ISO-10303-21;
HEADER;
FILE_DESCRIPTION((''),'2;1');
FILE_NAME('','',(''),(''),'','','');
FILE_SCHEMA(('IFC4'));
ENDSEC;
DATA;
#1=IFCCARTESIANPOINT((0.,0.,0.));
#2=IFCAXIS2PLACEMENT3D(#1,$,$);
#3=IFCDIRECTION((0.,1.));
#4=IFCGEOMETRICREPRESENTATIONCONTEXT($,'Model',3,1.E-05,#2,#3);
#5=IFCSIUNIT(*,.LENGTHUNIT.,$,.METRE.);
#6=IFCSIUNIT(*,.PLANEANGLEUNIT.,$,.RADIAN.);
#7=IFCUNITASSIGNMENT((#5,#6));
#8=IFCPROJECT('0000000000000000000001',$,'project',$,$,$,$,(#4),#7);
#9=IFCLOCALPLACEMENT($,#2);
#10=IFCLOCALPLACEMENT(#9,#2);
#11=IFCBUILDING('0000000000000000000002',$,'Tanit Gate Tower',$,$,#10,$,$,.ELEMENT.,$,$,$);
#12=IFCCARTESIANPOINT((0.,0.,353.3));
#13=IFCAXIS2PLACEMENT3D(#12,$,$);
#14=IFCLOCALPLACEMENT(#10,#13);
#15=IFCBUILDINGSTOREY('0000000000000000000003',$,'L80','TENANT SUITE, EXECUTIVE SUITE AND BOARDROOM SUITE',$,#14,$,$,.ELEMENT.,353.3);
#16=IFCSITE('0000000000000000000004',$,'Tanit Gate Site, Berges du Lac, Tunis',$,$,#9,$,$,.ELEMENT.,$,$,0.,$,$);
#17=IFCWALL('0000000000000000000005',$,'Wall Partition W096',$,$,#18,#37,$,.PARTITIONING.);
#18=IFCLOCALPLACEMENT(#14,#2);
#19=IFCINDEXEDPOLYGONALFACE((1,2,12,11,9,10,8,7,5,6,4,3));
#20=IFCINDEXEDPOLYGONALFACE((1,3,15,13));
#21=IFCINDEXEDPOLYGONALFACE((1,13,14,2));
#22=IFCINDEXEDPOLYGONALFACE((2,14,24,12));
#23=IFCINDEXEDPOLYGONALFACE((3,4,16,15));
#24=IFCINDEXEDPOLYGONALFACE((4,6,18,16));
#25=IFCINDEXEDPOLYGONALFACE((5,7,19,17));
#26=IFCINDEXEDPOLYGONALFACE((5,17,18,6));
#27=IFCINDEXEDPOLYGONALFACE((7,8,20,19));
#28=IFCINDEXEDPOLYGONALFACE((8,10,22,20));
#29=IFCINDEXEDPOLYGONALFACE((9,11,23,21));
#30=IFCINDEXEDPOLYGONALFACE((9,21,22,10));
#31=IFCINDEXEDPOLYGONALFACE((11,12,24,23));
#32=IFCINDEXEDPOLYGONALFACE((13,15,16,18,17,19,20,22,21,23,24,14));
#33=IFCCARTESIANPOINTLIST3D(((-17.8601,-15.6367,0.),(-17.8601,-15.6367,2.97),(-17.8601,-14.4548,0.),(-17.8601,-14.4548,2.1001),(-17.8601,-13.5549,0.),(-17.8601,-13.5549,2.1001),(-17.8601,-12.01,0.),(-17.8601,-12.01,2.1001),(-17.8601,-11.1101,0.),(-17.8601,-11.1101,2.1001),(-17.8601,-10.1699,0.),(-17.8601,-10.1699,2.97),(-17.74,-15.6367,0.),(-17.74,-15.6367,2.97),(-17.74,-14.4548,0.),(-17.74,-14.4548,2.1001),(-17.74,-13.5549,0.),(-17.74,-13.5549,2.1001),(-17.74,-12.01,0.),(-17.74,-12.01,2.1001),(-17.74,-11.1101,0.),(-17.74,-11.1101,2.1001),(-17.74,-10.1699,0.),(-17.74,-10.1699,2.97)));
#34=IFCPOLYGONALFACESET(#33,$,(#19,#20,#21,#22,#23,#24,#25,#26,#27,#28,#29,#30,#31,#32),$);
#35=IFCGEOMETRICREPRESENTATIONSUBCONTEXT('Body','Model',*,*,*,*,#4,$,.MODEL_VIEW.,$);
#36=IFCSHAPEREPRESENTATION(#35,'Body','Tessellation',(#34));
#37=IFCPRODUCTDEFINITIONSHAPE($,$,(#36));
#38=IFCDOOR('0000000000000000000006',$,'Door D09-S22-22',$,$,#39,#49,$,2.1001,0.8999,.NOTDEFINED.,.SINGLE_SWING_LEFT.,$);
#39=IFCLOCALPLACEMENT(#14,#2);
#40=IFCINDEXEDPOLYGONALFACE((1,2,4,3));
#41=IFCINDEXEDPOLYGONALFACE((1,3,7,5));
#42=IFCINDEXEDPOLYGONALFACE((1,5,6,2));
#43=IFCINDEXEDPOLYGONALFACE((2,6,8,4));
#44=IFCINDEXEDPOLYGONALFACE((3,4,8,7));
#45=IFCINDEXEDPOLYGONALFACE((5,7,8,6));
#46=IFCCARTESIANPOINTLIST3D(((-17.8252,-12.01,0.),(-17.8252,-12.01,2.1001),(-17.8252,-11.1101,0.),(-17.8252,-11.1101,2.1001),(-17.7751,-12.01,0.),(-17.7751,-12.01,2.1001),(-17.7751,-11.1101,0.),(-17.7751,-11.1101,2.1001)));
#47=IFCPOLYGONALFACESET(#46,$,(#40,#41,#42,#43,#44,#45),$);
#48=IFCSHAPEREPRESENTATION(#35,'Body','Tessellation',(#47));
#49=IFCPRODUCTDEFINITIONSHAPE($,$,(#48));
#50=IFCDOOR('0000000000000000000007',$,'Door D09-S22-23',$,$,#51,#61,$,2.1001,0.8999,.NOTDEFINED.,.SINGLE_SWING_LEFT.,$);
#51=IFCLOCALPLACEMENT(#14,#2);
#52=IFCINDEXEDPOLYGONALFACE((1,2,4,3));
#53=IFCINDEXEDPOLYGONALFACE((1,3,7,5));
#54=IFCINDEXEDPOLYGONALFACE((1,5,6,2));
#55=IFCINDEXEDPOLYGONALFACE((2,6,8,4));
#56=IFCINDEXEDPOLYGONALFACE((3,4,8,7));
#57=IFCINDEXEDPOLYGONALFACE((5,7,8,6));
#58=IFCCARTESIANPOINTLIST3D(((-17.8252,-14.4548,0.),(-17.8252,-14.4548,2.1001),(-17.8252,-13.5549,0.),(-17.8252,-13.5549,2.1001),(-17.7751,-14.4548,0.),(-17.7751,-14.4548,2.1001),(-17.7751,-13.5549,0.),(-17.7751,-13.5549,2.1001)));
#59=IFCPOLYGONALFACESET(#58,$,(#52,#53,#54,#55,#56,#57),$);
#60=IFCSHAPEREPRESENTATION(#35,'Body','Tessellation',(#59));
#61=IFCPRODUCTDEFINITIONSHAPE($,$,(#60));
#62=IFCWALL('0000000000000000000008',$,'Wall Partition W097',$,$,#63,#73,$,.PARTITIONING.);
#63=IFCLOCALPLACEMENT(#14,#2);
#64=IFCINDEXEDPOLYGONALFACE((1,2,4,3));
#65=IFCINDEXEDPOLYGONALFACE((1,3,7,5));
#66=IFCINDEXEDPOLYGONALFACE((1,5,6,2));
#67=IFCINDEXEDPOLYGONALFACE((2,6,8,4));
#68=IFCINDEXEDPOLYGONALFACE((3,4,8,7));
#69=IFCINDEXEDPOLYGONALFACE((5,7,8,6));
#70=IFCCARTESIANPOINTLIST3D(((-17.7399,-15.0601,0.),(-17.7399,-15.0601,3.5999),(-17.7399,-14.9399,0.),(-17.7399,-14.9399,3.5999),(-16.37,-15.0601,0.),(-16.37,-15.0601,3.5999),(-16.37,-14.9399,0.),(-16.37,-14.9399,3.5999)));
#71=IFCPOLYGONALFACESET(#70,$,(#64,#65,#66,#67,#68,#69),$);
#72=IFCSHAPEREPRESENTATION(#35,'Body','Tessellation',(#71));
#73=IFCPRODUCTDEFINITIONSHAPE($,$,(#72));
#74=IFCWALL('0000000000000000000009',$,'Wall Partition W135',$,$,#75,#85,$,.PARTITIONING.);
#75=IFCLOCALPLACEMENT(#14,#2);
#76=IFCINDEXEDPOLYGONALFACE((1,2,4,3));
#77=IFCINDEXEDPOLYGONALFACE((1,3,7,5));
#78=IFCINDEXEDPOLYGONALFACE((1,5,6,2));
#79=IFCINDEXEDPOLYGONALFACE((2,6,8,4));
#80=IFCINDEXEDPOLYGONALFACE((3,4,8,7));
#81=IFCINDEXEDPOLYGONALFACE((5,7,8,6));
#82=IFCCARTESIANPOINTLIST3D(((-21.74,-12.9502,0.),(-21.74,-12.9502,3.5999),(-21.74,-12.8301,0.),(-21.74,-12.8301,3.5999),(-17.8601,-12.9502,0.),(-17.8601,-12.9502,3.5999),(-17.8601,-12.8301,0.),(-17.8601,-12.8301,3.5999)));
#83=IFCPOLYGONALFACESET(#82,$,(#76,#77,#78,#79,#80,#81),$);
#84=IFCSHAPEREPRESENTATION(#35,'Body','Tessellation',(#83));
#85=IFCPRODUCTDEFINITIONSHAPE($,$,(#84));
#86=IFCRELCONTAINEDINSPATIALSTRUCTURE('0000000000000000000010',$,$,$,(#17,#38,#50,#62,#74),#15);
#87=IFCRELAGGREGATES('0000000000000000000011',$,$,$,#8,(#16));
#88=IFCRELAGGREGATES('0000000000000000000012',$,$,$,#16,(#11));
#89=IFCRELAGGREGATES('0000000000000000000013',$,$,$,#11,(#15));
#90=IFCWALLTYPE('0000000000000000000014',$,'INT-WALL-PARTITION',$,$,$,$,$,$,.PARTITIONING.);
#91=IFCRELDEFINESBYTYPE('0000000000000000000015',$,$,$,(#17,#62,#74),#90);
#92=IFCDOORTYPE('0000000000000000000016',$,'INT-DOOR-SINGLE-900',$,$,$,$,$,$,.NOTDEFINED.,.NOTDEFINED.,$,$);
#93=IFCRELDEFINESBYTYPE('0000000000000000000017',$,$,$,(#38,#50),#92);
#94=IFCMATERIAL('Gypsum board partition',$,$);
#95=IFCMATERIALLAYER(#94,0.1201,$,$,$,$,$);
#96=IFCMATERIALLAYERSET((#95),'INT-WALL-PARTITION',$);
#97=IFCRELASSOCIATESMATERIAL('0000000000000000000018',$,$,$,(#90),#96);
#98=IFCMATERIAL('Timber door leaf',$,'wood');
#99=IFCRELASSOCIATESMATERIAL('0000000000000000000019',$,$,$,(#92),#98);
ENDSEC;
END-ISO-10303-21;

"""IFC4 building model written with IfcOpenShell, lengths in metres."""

from ifc_helpers import new_model, si_unit, direction, frame, frame_2d, origin, place, context, subcontext, project, spatial, rectangle, extrude, material, layer, layer_set, type_object, element, fill, save


model = new_model("IFC4")

# Units and contexts
model_context = context("Model", 3, precision=1e-05, world=origin(), true_north=direction((0.0, 1.0)))
body_context = subcontext(model_context, "Body", "Model", "MODEL_VIEW")
ifc_project = project(units=[si_unit("LENGTHUNIT", "METRE"), si_unit("PLANEANGLEUNIT", "RADIAN")], contexts=[model_context])

# Site, building, storey
site_placement = place(None, origin())
site = spatial("IfcSite", under=ifc_project, at=site_placement, Name="Tanit Gate Site, Berges du Lac, Tunis", CompositionType="ELEMENT", RefElevation=0.0)
building_placement = place(site_placement, origin())
building = spatial("IfcBuilding", under=site, at=building_placement, Name="Tanit Gate Tower", CompositionType="ELEMENT")
storey_placement = place(building_placement, frame((0.0, 0.0, 353.3)))
storey = spatial("IfcBuildingStorey", under=building, at=storey_placement, Name="L80", Description="TENANT SUITE, EXECUTIVE SUITE AND BOARDROOM SUITE", CompositionType="ELEMENT", Elevation=353.3)

# Wall, openings, doors
ifc_material_1 = material(Name="Gypsum board partition")
ifc_layer_1 = layer(ifc_material_1, 0.1201)
ifc_layer_set_1 = layer_set([ifc_layer_1], Name="INT-WALL-PARTITION")
wall_type_1 = type_object("IfcWallType", Name="INT-WALL-PARTITION", PredefinedType="PARTITIONING", material=ifc_layer_set_1)
wall_1_placement = place(storey_placement, frame((-17.8, -10.1699, 0.0), z_axis=(0.0, 0.0, 1.0), x_axis=(0.0, -1.0, 0.0)))
wall_1 = element("IfcWall", 1, at=wall_1_placement, inside=storey, type_object=wall_type_1, Name="Wall Partition W096", PredefinedType="PARTITIONING", context=body_context, shape_type="SweptSolid", body=[
    extrude(rectangle(XDim=5.4668, YDim=0.1201, at=frame_2d((2.7334, 0.0))), origin(), (0.0, 0.0, 1.0), 2.97),
])
opening_1_placement = place(wall_1_placement, frame((0.9402, 0.0, 0.0)))
opening_1 = element("IfcOpeningElement", 2, at=opening_1_placement, cuts=wall_1, PredefinedType="OPENING", context=body_context, shape_type="SweptSolid", body=[
    extrude(rectangle(XDim=0.8999, YDim=2.1001, at=frame_2d((0.45, 1.05))), frame((0.0, 0.0701, 0.0), z_axis=(0.0, -1.0, 0.0), x_axis=(1.0, 0.0, 0.0)), (0.0, 0.0, 1.0), 0.1401),
])
opening_2_placement = place(wall_1_placement, frame((3.385, 0.0, 0.0)))
opening_2 = element("IfcOpeningElement", 3, at=opening_2_placement, cuts=wall_1, PredefinedType="OPENING", context=body_context, shape_type="SweptSolid", body=[
    extrude(rectangle(XDim=0.8999, YDim=2.1001, at=frame_2d((0.45, 1.05))), frame((0.0, 0.0701, 0.0), z_axis=(0.0, -1.0, 0.0), x_axis=(1.0, 0.0, 0.0)), (0.0, 0.0, 1.0), 0.1401),
])
ifc_material_2 = material(Name="Timber door leaf", Category="wood")
door_type = type_object("IfcDoorType", Name="INT-DOOR-SINGLE-900", OperationType="NOTDEFINED", PredefinedType="NOTDEFINED", material=ifc_material_2)
door_1_placement = place(opening_1_placement, origin())
door_1 = element("IfcDoor", 4, at=door_1_placement, inside=storey, type_object=door_type, Name="Door D09-S22-22", OperationType="SINGLE_SWING_LEFT", OverallHeight=2.1001, OverallWidth=0.8999, PredefinedType="NOTDEFINED", context=body_context, shape_type="SweptSolid", body=[
    extrude(rectangle(XDim=0.8999, YDim=2.1001, at=frame_2d((0.45, 1.05))), frame((0.0, 0.0249, 0.0), z_axis=(0.0, -1.0, 0.0), x_axis=(1.0, 0.0, 0.0)), (0.0, 0.0, 1.0), 0.05),
])
fill(opening_1, door_1)
door_2_placement = place(opening_2_placement, origin())
door_2 = element("IfcDoor", 5, at=door_2_placement, inside=storey, type_object=door_type, Name="Door D09-S22-23", OperationType="SINGLE_SWING_LEFT", OverallHeight=2.1001, OverallWidth=0.8999, PredefinedType="NOTDEFINED", context=body_context, shape_type="SweptSolid", body=[
    extrude(rectangle(XDim=0.8999, YDim=2.1001, at=frame_2d((0.45, 1.05))), frame((0.0, 0.0249, 0.0), z_axis=(0.0, -1.0, 0.0), x_axis=(1.0, 0.0, 0.0)), (0.0, 0.0, 1.0), 0.05),
])
fill(opening_2, door_2)

# Walls
wall_2_placement = place(storey_placement, frame((-17.74, -15.0, 0.0), z_axis=(0.0, 0.0, 1.0), x_axis=(1.0, 0.0, 0.0)))
element("IfcWall", 6, at=wall_2_placement, inside=storey, type_object=wall_type_1, Name="Wall Partition W097", PredefinedType="PARTITIONING", context=body_context, shape_type="SweptSolid", body=[
    extrude(rectangle(XDim=1.3699, YDim=0.1201, at=frame_2d((0.6851, 0.0))), origin(), (0.0, 0.0, 1.0), 3.5999),
])
wall_3_placement = place(storey_placement, frame((-17.8601, -12.8901, 0.0), z_axis=(0.0, 0.0, 1.0), x_axis=(-1.0, 0.0, 0.0)))
element("IfcWall", 7, at=wall_3_placement, inside=storey, type_object=wall_type_1, Name="Wall Partition W135", PredefinedType="PARTITIONING", context=body_context, shape_type="SweptSolid", body=[
    extrude(rectangle(XDim=3.8799, YDim=0.1201, at=frame_2d((1.9399, 0.0))), origin(), (0.0, 0.0, 1.0), 3.5999),
])

save(model, "model.ifc")
